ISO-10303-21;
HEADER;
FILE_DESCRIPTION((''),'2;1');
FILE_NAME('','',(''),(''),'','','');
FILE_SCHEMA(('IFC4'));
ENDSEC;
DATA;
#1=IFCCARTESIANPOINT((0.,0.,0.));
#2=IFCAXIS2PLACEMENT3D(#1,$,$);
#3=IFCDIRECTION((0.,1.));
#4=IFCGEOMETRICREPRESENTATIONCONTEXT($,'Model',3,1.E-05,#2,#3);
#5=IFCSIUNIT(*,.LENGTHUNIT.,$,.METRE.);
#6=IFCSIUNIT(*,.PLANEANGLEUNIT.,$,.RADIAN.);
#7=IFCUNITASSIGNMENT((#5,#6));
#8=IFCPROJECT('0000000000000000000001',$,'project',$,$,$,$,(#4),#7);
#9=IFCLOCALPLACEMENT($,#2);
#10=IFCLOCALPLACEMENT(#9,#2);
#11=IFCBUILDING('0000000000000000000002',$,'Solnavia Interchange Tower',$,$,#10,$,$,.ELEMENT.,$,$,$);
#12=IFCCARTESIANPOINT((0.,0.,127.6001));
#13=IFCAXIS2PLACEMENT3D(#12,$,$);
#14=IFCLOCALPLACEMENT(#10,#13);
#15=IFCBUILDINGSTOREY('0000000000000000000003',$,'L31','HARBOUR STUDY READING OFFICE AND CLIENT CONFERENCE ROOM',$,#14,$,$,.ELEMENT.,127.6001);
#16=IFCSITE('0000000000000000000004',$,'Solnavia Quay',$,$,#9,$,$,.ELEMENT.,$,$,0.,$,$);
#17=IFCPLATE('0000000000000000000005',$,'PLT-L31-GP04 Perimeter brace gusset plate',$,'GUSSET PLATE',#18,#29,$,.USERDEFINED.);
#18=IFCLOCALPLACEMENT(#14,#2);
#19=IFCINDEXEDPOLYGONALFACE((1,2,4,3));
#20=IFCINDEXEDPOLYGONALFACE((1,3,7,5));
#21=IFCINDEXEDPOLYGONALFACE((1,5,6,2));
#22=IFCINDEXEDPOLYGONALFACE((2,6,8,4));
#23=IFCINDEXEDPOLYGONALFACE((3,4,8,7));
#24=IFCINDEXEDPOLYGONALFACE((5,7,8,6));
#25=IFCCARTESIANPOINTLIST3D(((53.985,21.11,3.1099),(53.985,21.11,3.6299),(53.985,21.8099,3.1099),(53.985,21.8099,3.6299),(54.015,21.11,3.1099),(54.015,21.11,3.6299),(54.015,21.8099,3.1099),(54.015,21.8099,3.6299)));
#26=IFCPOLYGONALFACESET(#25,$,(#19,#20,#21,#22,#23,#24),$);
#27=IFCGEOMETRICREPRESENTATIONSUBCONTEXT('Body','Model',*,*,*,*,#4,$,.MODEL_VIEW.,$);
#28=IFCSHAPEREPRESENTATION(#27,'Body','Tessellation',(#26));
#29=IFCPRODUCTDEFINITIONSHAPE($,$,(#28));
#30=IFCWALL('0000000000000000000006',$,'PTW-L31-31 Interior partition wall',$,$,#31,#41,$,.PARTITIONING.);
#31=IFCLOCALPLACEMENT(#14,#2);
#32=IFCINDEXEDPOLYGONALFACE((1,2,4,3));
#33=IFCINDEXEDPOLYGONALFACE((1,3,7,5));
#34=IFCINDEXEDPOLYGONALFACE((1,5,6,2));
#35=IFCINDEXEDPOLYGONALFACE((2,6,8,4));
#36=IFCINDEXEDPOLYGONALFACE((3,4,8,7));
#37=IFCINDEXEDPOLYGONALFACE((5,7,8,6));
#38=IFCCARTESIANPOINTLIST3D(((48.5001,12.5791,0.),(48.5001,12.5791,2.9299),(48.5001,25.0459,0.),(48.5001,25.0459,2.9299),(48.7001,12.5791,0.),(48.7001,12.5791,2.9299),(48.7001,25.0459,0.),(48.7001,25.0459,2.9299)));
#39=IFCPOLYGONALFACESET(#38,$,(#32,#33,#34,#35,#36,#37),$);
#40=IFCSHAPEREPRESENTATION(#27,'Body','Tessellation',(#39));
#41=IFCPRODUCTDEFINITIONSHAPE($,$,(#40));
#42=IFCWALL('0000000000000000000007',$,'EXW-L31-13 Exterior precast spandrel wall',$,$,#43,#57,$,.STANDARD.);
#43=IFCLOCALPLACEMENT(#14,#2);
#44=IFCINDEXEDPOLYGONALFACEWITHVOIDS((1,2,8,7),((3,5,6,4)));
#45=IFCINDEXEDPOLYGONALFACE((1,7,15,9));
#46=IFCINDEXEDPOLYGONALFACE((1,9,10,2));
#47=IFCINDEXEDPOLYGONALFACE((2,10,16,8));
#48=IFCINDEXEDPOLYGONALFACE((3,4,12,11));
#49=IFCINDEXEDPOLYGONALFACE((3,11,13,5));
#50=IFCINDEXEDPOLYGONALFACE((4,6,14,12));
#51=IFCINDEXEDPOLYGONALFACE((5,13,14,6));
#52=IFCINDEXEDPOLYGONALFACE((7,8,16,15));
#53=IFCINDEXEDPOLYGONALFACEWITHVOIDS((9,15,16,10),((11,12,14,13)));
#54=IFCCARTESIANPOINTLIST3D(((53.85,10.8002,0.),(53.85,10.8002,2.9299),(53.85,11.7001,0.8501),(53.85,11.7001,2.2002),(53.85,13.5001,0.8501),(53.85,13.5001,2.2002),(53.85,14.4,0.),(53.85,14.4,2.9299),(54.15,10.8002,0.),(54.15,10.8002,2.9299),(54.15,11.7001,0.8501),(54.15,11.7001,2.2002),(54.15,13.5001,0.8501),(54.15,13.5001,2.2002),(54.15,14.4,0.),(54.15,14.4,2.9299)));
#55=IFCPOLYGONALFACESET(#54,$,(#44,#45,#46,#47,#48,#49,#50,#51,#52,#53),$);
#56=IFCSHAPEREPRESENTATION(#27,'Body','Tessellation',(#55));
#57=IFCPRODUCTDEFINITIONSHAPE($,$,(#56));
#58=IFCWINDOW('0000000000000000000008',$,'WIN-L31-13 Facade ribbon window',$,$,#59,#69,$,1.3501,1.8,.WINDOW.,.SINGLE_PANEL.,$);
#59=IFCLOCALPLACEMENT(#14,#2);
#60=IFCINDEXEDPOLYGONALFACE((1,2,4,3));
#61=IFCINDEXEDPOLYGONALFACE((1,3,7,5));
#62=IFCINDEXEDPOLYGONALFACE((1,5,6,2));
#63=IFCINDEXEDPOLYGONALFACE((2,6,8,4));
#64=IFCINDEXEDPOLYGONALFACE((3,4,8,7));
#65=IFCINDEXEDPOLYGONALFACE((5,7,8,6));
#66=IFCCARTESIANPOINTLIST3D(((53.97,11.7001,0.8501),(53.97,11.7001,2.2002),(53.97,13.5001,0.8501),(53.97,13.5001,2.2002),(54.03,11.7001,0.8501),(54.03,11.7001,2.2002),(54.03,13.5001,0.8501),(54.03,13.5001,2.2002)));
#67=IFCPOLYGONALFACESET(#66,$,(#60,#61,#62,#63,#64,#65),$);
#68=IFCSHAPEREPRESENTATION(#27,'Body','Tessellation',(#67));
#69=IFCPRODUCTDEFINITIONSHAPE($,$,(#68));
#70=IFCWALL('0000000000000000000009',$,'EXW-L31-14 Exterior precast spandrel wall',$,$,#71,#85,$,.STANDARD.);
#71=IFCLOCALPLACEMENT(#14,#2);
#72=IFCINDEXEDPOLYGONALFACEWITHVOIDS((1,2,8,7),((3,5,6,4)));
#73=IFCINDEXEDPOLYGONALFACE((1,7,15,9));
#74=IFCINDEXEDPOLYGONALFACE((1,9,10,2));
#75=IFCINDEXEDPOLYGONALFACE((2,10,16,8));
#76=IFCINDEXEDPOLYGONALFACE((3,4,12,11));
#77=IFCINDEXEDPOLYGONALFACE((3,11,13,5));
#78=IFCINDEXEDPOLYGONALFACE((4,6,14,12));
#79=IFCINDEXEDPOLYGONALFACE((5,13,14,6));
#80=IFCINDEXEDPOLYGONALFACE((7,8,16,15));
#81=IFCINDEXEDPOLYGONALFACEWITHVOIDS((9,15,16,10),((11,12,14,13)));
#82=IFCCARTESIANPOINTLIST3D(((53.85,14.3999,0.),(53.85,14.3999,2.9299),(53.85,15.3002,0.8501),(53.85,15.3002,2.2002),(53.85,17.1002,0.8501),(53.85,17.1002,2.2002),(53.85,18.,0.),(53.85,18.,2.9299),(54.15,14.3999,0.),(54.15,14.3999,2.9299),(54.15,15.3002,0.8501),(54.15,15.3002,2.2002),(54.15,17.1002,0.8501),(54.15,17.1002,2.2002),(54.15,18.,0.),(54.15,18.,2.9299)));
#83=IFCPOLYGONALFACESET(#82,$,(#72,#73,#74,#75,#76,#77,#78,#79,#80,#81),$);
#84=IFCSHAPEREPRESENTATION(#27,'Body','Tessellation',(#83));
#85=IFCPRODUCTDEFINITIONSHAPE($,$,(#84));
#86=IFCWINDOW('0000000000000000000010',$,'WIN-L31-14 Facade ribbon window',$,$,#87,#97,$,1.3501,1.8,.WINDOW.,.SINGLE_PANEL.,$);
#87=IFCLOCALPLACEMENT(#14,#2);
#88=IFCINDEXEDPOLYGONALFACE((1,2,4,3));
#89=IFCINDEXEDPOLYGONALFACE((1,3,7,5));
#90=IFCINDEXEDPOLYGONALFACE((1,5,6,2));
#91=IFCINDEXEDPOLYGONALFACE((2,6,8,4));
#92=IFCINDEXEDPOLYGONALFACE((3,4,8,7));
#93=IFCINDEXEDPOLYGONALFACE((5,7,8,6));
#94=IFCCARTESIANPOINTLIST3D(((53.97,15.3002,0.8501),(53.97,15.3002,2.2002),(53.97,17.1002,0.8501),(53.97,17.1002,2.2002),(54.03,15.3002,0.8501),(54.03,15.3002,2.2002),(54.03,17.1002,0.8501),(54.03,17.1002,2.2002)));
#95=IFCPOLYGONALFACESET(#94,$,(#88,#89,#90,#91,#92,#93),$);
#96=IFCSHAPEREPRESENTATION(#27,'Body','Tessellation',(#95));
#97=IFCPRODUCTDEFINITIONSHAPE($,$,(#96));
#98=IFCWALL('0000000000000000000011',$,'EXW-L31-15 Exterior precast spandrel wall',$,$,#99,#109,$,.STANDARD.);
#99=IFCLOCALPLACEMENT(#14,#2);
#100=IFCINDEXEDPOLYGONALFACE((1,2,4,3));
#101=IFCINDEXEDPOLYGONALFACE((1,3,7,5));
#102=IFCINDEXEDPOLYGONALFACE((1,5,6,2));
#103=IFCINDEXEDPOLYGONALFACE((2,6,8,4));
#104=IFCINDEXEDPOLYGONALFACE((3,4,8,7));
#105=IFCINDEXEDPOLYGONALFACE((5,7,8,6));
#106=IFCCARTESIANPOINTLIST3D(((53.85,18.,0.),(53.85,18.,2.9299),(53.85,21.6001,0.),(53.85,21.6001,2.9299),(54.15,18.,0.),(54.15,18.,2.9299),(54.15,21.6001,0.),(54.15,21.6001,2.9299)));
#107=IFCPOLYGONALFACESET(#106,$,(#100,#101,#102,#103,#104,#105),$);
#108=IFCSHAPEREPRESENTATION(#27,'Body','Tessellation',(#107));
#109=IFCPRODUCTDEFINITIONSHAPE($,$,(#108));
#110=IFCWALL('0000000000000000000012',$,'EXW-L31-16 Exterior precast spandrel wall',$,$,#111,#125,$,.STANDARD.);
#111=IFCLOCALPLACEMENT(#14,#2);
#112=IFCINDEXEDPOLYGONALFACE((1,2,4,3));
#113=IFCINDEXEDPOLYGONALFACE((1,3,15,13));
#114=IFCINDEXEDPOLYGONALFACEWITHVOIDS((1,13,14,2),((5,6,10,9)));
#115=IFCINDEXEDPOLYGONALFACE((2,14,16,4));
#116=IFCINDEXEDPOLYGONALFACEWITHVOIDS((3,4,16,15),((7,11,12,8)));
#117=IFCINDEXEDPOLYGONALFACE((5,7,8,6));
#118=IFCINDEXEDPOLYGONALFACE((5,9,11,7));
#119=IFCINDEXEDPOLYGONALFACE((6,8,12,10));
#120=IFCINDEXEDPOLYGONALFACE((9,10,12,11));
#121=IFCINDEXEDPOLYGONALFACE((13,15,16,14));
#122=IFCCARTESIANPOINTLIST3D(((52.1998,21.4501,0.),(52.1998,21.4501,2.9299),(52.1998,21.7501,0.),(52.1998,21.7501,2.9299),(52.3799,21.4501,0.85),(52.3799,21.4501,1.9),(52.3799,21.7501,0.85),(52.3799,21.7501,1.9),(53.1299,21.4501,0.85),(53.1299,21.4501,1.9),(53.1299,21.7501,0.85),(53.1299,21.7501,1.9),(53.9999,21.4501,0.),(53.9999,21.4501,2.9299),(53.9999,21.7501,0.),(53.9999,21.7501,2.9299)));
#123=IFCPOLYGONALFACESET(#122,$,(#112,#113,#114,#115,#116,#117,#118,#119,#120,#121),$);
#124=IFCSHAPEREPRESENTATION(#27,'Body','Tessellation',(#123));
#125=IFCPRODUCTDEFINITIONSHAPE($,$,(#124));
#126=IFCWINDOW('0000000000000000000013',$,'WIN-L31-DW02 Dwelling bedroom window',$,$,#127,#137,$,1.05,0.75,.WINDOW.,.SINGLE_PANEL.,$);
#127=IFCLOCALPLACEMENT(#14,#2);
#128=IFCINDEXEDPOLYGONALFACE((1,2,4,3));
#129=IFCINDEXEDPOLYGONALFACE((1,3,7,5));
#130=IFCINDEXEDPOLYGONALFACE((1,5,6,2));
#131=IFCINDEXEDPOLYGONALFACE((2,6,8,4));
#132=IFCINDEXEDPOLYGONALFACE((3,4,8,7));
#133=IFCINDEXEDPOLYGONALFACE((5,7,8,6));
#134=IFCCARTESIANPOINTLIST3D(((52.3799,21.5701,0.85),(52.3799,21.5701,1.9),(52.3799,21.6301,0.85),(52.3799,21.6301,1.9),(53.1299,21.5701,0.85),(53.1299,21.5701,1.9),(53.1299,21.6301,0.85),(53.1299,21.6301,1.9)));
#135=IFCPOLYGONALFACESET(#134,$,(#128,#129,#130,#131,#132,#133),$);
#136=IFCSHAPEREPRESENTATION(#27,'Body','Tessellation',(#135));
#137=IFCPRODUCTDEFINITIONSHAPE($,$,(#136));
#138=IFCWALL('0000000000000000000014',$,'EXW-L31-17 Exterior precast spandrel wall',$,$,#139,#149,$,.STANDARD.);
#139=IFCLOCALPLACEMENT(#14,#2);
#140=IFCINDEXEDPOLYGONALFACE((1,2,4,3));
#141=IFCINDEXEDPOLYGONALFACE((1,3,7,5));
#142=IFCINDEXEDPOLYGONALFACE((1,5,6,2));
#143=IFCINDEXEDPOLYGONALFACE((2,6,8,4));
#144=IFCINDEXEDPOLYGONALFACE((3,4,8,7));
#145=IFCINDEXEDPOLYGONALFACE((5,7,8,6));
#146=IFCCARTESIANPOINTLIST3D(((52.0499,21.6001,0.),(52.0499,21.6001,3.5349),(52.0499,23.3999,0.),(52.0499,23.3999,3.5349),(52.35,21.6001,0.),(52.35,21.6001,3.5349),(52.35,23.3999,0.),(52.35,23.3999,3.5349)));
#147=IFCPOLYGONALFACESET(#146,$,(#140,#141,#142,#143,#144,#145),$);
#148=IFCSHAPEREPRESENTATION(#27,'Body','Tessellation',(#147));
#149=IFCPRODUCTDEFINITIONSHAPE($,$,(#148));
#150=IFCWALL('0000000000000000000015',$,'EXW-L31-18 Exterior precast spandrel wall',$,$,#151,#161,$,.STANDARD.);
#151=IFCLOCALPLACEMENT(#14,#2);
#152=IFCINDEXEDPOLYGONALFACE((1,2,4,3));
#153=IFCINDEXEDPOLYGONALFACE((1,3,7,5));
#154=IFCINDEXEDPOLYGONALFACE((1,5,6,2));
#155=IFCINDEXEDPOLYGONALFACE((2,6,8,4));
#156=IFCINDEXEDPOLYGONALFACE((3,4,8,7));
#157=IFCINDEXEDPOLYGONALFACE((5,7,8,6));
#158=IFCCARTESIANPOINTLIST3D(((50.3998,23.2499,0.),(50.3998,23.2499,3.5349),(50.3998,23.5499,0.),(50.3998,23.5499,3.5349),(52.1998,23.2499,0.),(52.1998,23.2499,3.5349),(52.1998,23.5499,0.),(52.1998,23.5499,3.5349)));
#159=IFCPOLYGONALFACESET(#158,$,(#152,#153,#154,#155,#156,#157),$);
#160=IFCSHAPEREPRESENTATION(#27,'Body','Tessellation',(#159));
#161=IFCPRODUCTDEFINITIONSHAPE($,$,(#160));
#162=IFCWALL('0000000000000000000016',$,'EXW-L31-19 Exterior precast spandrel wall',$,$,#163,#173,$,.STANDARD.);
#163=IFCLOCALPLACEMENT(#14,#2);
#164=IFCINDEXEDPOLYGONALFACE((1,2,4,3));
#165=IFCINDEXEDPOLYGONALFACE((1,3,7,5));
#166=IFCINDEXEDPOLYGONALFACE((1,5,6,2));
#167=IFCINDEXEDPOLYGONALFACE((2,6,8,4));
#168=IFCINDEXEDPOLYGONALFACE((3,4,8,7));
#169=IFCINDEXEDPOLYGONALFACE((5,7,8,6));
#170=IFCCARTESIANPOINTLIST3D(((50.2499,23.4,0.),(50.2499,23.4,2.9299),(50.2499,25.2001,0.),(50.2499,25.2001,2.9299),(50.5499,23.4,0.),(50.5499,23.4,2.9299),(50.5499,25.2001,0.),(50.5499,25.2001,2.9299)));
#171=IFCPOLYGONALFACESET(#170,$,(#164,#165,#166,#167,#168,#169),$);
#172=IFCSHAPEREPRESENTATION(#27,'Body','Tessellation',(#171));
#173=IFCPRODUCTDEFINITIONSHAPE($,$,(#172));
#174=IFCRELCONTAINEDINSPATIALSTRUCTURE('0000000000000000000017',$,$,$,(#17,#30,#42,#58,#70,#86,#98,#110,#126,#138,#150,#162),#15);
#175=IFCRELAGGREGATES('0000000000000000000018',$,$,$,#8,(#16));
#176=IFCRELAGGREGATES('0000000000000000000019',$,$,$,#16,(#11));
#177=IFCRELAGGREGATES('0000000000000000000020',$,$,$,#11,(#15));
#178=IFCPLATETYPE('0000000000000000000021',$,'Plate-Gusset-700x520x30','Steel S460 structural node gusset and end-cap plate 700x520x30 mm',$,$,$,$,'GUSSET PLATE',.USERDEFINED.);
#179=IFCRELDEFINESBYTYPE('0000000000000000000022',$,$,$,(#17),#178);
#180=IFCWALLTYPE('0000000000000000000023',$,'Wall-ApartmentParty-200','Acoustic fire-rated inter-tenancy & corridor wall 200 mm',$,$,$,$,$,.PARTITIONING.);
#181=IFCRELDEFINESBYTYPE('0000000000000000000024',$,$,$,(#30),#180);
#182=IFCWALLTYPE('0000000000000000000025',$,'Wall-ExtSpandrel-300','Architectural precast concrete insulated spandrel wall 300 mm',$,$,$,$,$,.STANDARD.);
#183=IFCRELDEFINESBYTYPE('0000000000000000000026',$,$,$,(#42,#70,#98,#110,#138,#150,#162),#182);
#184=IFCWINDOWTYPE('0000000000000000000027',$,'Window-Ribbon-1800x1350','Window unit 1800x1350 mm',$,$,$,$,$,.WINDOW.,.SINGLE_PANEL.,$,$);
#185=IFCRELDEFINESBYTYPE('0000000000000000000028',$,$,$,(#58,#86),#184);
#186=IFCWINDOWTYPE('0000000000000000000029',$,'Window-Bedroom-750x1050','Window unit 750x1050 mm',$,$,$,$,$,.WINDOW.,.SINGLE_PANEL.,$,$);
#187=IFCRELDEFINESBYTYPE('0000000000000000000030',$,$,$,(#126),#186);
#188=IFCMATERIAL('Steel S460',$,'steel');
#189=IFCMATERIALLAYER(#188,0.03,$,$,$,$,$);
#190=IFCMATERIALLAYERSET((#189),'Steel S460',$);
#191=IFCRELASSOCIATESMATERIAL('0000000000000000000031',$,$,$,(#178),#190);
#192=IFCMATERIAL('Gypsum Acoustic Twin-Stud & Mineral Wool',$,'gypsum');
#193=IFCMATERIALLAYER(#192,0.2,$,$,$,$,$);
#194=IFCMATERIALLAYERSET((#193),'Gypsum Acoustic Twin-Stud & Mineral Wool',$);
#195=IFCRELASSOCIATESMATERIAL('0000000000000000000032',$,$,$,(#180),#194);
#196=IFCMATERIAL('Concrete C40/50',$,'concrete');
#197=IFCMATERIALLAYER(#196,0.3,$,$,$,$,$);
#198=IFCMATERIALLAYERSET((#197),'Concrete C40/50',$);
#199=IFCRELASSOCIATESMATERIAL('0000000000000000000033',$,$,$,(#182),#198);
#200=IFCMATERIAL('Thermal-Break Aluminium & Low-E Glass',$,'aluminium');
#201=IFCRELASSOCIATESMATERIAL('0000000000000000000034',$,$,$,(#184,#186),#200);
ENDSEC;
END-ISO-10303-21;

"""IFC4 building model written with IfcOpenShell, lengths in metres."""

from ifc_helpers import new_model, si_unit, direction, frame, frame_2d, origin, origin_2d, place, context, subcontext, project, spatial, rectangle, extrude, material, layer, layer_set, type_object, element, fill, save


model = new_model("IFC4")

# Units and contexts
model_context = context("Model", 3, precision=1e-05, world=origin(), true_north=direction((0.0, 1.0)))
body_context = subcontext(model_context, "Body", "Model", "MODEL_VIEW")
ifc_project = project(units=[si_unit("LENGTHUNIT", "METRE"), si_unit("PLANEANGLEUNIT", "RADIAN")], contexts=[model_context])

# Site, building, storey
site_placement = place(None, origin())
site = spatial("IfcSite", under=ifc_project, at=site_placement, Name="Solnavia Quay", CompositionType="ELEMENT", RefElevation=0.0)
building_placement = place(site_placement, origin())
building = spatial("IfcBuilding", under=site, at=building_placement, Name="Solnavia Interchange Tower", CompositionType="ELEMENT")
storey_placement = place(building_placement, frame((0.0, 0.0, 127.6001)))
storey = spatial("IfcBuildingStorey", under=building, at=storey_placement, Name="L31", Description="HARBOUR STUDY READING OFFICE AND CLIENT CONFERENCE ROOM", CompositionType="ELEMENT", Elevation=127.6001)

# Shared definitions
ifc_material_1 = material(Name="Steel S460", Category="steel")

# Plate
ifc_layer_1 = layer(ifc_material_1, 0.03)
ifc_layer_set_1 = layer_set([ifc_layer_1], Name="Steel S460")
plate_type = type_object("IfcPlateType", Name="Plate-Gusset-700x520x30", Description="Steel S460 structural node gusset and end-cap plate 700x520x30 mm", ElementType="GUSSET PLATE", PredefinedType="USERDEFINED", material=ifc_layer_set_1)
for number, where, z_axis, x_axis, name in (
    (1, (54.0, 21.46, 3.1099), (0.0, 0.0, 1.0), (0.0, 1.0, 0.0), "PLT-L31-GP04 Perimeter brace gusset plate"),
):
    element("IfcPlate", number, at=place(storey_placement, frame(where, z_axis=z_axis, x_axis=x_axis)), inside=storey, type_object=plate_type, Name=name, ObjectType="GUSSET PLATE", PredefinedType="USERDEFINED", context=body_context, shape_type="SweptSolid", body=[
        extrude(rectangle(XDim=0.7, YDim=0.03, at=origin_2d()), origin(), (0.0, 0.0, 1.0), 0.52),
    ])

# Wall
ifc_material_2 = material(Name="Gypsum Acoustic Twin-Stud & Mineral Wool", Category="gypsum")
ifc_layer_2 = layer(ifc_material_2, 0.2)
ifc_layer_set_2 = layer_set([ifc_layer_2], Name="Gypsum Acoustic Twin-Stud & Mineral Wool")
wall_type_1 = type_object("IfcWallType", Name="Wall-ApartmentParty-200", Description="Acoustic fire-rated inter-tenancy & corridor wall 200 mm", PredefinedType="PARTITIONING", material=ifc_layer_set_2)
wall_1_placement = place(storey_placement, frame((48.6001, 12.5791, 0.0), z_axis=(0.0, 0.0, 1.0), x_axis=(0.0, 1.0, 0.0)))
element("IfcWall", 2, at=wall_1_placement, inside=storey, type_object=wall_type_1, Name="PTW-L31-31 Interior partition wall", PredefinedType="PARTITIONING", context=body_context, shape_type="SweptSolid", body=[
    extrude(rectangle(XDim=12.4668, YDim=0.2, at=frame_2d((6.2334, 0.0))), origin(), (0.0, 0.0, 1.0), 2.9299),
])

# Walls, openings, windows
ifc_material_3 = material(Name="Concrete C40/50", Category="concrete")
ifc_layer_3 = layer(ifc_material_3, 0.3)
ifc_layer_set_3 = layer_set([ifc_layer_3], Name="Concrete C40/50")
wall_type_2 = type_object("IfcWallType", Name="Wall-ExtSpandrel-300", Description="Architectural precast concrete insulated spandrel wall 300 mm", PredefinedType="STANDARD", material=ifc_layer_set_3)
wall_2_placement = place(storey_placement, frame((54.0, 14.3999, 0.0), z_axis=(0.0, 0.0, 1.0), x_axis=(0.0, -1.0, 0.0)))
wall_2 = element("IfcWall", 3, at=wall_2_placement, inside=storey, type_object=wall_type_2, Name="EXW-L31-13 Exterior precast spandrel wall", PredefinedType="STANDARD", context=body_context, shape_type="SweptSolid", body=[
    extrude(rectangle(XDim=3.5999, YDim=0.3, at=frame_2d((1.7998, 0.0))), origin(), (0.0, 0.0, 1.0), 2.9299),
])
opening_1_placement = place(wall_2_placement, frame((0.8999, 0.0, 0.8501)))
opening_1 = element("IfcOpeningElement", 4, at=opening_1_placement, cuts=wall_2, PredefinedType="OPENING", context=body_context, shape_type="SweptSolid", body=[
    extrude(rectangle(XDim=1.8, YDim=1.3501, at=frame_2d((0.8999, 0.675))), frame((0.0, 0.1602, 0.0), z_axis=(0.0, -1.0, 0.0), x_axis=(1.0, 0.0, 0.0)), (0.0, 0.0, 1.0), 0.3201),
])
ifc_material_4 = material(Name="Thermal-Break Aluminium & Low-E Glass", Category="aluminium")
window_type_1 = type_object("IfcWindowType", Name="Window-Ribbon-1800x1350", Description="Window unit 1800x1350 mm", PartitioningType="SINGLE_PANEL", PredefinedType="WINDOW", material=ifc_material_4)
window_1_placement = place(opening_1_placement, origin())
window_1 = element("IfcWindow", 5, at=window_1_placement, inside=storey, type_object=window_type_1, Name="WIN-L31-13 Facade ribbon window", OverallHeight=1.3501, OverallWidth=1.8, PartitioningType="SINGLE_PANEL", PredefinedType="WINDOW", context=body_context, shape_type="SweptSolid", body=[
    extrude(rectangle(XDim=1.8, YDim=1.3501, at=frame_2d((0.8999, 0.675))), frame((0.0, 0.03, 0.0), z_axis=(0.0, -1.0, 0.0), x_axis=(1.0, 0.0, 0.0)), (0.0, 0.0, 1.0), 0.0601),
])
fill(opening_1, window_1)
wall_3_placement = place(storey_placement, frame((54.0, 18.0, 0.0), z_axis=(0.0, 0.0, 1.0), x_axis=(0.0, -1.0, 0.0)))
wall_3 = element("IfcWall", 6, at=wall_3_placement, inside=storey, type_object=wall_type_2, Name="EXW-L31-14 Exterior precast spandrel wall", PredefinedType="STANDARD", context=body_context, shape_type="SweptSolid", body=[
    extrude(rectangle(XDim=3.6001, YDim=0.3, at=frame_2d((1.8, 0.0))), origin(), (0.0, 0.0, 1.0), 2.9299),
])
opening_2_placement = place(wall_3_placement, frame((0.8999, 0.0, 0.8501)))
opening_2 = element("IfcOpeningElement", 7, at=opening_2_placement, cuts=wall_3, PredefinedType="OPENING", context=body_context, shape_type="SweptSolid", body=[
    extrude(rectangle(XDim=1.8, YDim=1.3501, at=frame_2d((0.8999, 0.675))), frame((0.0, 0.1602, 0.0), z_axis=(0.0, -1.0, 0.0), x_axis=(1.0, 0.0, 0.0)), (0.0, 0.0, 1.0), 0.3201),
])
window_2_placement = place(opening_2_placement, origin())
window_2 = element("IfcWindow", 8, at=window_2_placement, inside=storey, type_object=window_type_1, Name="WIN-L31-14 Facade ribbon window", OverallHeight=1.3501, OverallWidth=1.8, PartitioningType="SINGLE_PANEL", PredefinedType="WINDOW", context=body_context, shape_type="SweptSolid", body=[
    extrude(rectangle(XDim=1.8, YDim=1.3501, at=frame_2d((0.8999, 0.675))), frame((0.0, 0.03, 0.0), z_axis=(0.0, -1.0, 0.0), x_axis=(1.0, 0.0, 0.0)), (0.0, 0.0, 1.0), 0.0601),
])
fill(opening_2, window_2)

# Wall
wall_4_placement = place(storey_placement, frame((54.0, 21.6001, 0.0), z_axis=(0.0, 0.0, 1.0), x_axis=(0.0, -1.0, 0.0)))
element("IfcWall", 9, at=wall_4_placement, inside=storey, type_object=wall_type_2, Name="EXW-L31-15 Exterior precast spandrel wall", PredefinedType="STANDARD", context=body_context, shape_type="SweptSolid", body=[
    extrude(rectangle(XDim=3.6001, YDim=0.3, at=frame_2d((1.8, 0.0))), origin(), (0.0, 0.0, 1.0), 2.9299),
])

# Wall, opening, window
wall_5_placement = place(storey_placement, frame((52.2, 21.6001, 0.0), z_axis=(0.0, 0.0, 1.0), x_axis=(1.0, 0.0, 0.0)))
wall_5 = element("IfcWall", 10, at=wall_5_placement, inside=storey, type_object=wall_type_2, Name="EXW-L31-16 Exterior precast spandrel wall", PredefinedType="STANDARD", context=body_context, shape_type="SweptSolid", body=[
    extrude(rectangle(XDim=1.8, YDim=0.3, at=frame_2d((0.8999, 0.0))), origin(), (0.0, 0.0, 1.0), 2.9299),
])
opening_3_placement = place(wall_5_placement, frame((0.1799, 0.0, 0.8501)))
opening_3 = element("IfcOpeningElement", 11, at=opening_3_placement, cuts=wall_5, PredefinedType="OPENING", context=body_context, shape_type="SweptSolid", body=[
    extrude(rectangle(XDim=0.75, YDim=1.05, at=frame_2d((0.375, 0.5249))), frame((0.0, 0.1602, 0.0), z_axis=(0.0, -1.0, 0.0), x_axis=(1.0, 0.0, 0.0)), (0.0, 0.0, 1.0), 0.3201),
])
window_type_2 = type_object("IfcWindowType", Name="Window-Bedroom-750x1050", Description="Window unit 750x1050 mm", PartitioningType="SINGLE_PANEL", PredefinedType="WINDOW", material=ifc_material_4)
window_3_placement = place(opening_3_placement, origin())
window_3 = element("IfcWindow", 12, at=window_3_placement, inside=storey, type_object=window_type_2, Name="WIN-L31-DW02 Dwelling bedroom window", OverallHeight=1.05, OverallWidth=0.75, PartitioningType="SINGLE_PANEL", PredefinedType="WINDOW", context=body_context, shape_type="SweptSolid", body=[
    extrude(rectangle(XDim=0.75, YDim=1.05, at=frame_2d((0.375, 0.5249))), frame((0.0, 0.03, 0.0), z_axis=(0.0, -1.0, 0.0), x_axis=(1.0, 0.0, 0.0)), (0.0, 0.0, 1.0), 0.0601),
])
fill(opening_3, window_3)

# Walls
wall_6_placement = place(storey_placement, frame((52.2, 23.3999, 0.0), z_axis=(0.0, 0.0, 1.0), x_axis=(0.0, -1.0, 0.0)))
element("IfcWall", 13, at=wall_6_placement, inside=storey, type_object=wall_type_2, Name="EXW-L31-17 Exterior precast spandrel wall", PredefinedType="STANDARD", context=body_context, shape_type="SweptSolid", body=[
    extrude(rectangle(XDim=1.7998, YDim=0.3, at=frame_2d((0.8999, 0.0))), origin(), (0.0, 0.0, 1.0), 3.5349),
])
wall_7_placement = place(storey_placement, frame((50.3999, 23.3999, 0.0), z_axis=(0.0, 0.0, 1.0), x_axis=(1.0, 0.0, 0.0)))
element("IfcWall", 14, at=wall_7_placement, inside=storey, type_object=wall_type_2, Name="EXW-L31-18 Exterior precast spandrel wall", PredefinedType="STANDARD", context=body_context, shape_type="SweptSolid", body=[
    extrude(rectangle(XDim=1.8, YDim=0.3, at=frame_2d((0.8999, 0.0))), origin(), (0.0, 0.0, 1.0), 3.5349),
])
wall_8_placement = place(storey_placement, frame((50.3999, 25.2, 0.0), z_axis=(0.0, 0.0, 1.0), x_axis=(0.0, -1.0, 0.0)))
element("IfcWall", 15, at=wall_8_placement, inside=storey, type_object=wall_type_2, Name="EXW-L31-19 Exterior precast spandrel wall", PredefinedType="STANDARD", context=body_context, shape_type="SweptSolid", body=[
    extrude(rectangle(XDim=1.8, YDim=0.3, at=frame_2d((0.8999, 0.0))), origin(), (0.0, 0.0, 1.0), 2.9299),
])

save(model, "model.ifc")
